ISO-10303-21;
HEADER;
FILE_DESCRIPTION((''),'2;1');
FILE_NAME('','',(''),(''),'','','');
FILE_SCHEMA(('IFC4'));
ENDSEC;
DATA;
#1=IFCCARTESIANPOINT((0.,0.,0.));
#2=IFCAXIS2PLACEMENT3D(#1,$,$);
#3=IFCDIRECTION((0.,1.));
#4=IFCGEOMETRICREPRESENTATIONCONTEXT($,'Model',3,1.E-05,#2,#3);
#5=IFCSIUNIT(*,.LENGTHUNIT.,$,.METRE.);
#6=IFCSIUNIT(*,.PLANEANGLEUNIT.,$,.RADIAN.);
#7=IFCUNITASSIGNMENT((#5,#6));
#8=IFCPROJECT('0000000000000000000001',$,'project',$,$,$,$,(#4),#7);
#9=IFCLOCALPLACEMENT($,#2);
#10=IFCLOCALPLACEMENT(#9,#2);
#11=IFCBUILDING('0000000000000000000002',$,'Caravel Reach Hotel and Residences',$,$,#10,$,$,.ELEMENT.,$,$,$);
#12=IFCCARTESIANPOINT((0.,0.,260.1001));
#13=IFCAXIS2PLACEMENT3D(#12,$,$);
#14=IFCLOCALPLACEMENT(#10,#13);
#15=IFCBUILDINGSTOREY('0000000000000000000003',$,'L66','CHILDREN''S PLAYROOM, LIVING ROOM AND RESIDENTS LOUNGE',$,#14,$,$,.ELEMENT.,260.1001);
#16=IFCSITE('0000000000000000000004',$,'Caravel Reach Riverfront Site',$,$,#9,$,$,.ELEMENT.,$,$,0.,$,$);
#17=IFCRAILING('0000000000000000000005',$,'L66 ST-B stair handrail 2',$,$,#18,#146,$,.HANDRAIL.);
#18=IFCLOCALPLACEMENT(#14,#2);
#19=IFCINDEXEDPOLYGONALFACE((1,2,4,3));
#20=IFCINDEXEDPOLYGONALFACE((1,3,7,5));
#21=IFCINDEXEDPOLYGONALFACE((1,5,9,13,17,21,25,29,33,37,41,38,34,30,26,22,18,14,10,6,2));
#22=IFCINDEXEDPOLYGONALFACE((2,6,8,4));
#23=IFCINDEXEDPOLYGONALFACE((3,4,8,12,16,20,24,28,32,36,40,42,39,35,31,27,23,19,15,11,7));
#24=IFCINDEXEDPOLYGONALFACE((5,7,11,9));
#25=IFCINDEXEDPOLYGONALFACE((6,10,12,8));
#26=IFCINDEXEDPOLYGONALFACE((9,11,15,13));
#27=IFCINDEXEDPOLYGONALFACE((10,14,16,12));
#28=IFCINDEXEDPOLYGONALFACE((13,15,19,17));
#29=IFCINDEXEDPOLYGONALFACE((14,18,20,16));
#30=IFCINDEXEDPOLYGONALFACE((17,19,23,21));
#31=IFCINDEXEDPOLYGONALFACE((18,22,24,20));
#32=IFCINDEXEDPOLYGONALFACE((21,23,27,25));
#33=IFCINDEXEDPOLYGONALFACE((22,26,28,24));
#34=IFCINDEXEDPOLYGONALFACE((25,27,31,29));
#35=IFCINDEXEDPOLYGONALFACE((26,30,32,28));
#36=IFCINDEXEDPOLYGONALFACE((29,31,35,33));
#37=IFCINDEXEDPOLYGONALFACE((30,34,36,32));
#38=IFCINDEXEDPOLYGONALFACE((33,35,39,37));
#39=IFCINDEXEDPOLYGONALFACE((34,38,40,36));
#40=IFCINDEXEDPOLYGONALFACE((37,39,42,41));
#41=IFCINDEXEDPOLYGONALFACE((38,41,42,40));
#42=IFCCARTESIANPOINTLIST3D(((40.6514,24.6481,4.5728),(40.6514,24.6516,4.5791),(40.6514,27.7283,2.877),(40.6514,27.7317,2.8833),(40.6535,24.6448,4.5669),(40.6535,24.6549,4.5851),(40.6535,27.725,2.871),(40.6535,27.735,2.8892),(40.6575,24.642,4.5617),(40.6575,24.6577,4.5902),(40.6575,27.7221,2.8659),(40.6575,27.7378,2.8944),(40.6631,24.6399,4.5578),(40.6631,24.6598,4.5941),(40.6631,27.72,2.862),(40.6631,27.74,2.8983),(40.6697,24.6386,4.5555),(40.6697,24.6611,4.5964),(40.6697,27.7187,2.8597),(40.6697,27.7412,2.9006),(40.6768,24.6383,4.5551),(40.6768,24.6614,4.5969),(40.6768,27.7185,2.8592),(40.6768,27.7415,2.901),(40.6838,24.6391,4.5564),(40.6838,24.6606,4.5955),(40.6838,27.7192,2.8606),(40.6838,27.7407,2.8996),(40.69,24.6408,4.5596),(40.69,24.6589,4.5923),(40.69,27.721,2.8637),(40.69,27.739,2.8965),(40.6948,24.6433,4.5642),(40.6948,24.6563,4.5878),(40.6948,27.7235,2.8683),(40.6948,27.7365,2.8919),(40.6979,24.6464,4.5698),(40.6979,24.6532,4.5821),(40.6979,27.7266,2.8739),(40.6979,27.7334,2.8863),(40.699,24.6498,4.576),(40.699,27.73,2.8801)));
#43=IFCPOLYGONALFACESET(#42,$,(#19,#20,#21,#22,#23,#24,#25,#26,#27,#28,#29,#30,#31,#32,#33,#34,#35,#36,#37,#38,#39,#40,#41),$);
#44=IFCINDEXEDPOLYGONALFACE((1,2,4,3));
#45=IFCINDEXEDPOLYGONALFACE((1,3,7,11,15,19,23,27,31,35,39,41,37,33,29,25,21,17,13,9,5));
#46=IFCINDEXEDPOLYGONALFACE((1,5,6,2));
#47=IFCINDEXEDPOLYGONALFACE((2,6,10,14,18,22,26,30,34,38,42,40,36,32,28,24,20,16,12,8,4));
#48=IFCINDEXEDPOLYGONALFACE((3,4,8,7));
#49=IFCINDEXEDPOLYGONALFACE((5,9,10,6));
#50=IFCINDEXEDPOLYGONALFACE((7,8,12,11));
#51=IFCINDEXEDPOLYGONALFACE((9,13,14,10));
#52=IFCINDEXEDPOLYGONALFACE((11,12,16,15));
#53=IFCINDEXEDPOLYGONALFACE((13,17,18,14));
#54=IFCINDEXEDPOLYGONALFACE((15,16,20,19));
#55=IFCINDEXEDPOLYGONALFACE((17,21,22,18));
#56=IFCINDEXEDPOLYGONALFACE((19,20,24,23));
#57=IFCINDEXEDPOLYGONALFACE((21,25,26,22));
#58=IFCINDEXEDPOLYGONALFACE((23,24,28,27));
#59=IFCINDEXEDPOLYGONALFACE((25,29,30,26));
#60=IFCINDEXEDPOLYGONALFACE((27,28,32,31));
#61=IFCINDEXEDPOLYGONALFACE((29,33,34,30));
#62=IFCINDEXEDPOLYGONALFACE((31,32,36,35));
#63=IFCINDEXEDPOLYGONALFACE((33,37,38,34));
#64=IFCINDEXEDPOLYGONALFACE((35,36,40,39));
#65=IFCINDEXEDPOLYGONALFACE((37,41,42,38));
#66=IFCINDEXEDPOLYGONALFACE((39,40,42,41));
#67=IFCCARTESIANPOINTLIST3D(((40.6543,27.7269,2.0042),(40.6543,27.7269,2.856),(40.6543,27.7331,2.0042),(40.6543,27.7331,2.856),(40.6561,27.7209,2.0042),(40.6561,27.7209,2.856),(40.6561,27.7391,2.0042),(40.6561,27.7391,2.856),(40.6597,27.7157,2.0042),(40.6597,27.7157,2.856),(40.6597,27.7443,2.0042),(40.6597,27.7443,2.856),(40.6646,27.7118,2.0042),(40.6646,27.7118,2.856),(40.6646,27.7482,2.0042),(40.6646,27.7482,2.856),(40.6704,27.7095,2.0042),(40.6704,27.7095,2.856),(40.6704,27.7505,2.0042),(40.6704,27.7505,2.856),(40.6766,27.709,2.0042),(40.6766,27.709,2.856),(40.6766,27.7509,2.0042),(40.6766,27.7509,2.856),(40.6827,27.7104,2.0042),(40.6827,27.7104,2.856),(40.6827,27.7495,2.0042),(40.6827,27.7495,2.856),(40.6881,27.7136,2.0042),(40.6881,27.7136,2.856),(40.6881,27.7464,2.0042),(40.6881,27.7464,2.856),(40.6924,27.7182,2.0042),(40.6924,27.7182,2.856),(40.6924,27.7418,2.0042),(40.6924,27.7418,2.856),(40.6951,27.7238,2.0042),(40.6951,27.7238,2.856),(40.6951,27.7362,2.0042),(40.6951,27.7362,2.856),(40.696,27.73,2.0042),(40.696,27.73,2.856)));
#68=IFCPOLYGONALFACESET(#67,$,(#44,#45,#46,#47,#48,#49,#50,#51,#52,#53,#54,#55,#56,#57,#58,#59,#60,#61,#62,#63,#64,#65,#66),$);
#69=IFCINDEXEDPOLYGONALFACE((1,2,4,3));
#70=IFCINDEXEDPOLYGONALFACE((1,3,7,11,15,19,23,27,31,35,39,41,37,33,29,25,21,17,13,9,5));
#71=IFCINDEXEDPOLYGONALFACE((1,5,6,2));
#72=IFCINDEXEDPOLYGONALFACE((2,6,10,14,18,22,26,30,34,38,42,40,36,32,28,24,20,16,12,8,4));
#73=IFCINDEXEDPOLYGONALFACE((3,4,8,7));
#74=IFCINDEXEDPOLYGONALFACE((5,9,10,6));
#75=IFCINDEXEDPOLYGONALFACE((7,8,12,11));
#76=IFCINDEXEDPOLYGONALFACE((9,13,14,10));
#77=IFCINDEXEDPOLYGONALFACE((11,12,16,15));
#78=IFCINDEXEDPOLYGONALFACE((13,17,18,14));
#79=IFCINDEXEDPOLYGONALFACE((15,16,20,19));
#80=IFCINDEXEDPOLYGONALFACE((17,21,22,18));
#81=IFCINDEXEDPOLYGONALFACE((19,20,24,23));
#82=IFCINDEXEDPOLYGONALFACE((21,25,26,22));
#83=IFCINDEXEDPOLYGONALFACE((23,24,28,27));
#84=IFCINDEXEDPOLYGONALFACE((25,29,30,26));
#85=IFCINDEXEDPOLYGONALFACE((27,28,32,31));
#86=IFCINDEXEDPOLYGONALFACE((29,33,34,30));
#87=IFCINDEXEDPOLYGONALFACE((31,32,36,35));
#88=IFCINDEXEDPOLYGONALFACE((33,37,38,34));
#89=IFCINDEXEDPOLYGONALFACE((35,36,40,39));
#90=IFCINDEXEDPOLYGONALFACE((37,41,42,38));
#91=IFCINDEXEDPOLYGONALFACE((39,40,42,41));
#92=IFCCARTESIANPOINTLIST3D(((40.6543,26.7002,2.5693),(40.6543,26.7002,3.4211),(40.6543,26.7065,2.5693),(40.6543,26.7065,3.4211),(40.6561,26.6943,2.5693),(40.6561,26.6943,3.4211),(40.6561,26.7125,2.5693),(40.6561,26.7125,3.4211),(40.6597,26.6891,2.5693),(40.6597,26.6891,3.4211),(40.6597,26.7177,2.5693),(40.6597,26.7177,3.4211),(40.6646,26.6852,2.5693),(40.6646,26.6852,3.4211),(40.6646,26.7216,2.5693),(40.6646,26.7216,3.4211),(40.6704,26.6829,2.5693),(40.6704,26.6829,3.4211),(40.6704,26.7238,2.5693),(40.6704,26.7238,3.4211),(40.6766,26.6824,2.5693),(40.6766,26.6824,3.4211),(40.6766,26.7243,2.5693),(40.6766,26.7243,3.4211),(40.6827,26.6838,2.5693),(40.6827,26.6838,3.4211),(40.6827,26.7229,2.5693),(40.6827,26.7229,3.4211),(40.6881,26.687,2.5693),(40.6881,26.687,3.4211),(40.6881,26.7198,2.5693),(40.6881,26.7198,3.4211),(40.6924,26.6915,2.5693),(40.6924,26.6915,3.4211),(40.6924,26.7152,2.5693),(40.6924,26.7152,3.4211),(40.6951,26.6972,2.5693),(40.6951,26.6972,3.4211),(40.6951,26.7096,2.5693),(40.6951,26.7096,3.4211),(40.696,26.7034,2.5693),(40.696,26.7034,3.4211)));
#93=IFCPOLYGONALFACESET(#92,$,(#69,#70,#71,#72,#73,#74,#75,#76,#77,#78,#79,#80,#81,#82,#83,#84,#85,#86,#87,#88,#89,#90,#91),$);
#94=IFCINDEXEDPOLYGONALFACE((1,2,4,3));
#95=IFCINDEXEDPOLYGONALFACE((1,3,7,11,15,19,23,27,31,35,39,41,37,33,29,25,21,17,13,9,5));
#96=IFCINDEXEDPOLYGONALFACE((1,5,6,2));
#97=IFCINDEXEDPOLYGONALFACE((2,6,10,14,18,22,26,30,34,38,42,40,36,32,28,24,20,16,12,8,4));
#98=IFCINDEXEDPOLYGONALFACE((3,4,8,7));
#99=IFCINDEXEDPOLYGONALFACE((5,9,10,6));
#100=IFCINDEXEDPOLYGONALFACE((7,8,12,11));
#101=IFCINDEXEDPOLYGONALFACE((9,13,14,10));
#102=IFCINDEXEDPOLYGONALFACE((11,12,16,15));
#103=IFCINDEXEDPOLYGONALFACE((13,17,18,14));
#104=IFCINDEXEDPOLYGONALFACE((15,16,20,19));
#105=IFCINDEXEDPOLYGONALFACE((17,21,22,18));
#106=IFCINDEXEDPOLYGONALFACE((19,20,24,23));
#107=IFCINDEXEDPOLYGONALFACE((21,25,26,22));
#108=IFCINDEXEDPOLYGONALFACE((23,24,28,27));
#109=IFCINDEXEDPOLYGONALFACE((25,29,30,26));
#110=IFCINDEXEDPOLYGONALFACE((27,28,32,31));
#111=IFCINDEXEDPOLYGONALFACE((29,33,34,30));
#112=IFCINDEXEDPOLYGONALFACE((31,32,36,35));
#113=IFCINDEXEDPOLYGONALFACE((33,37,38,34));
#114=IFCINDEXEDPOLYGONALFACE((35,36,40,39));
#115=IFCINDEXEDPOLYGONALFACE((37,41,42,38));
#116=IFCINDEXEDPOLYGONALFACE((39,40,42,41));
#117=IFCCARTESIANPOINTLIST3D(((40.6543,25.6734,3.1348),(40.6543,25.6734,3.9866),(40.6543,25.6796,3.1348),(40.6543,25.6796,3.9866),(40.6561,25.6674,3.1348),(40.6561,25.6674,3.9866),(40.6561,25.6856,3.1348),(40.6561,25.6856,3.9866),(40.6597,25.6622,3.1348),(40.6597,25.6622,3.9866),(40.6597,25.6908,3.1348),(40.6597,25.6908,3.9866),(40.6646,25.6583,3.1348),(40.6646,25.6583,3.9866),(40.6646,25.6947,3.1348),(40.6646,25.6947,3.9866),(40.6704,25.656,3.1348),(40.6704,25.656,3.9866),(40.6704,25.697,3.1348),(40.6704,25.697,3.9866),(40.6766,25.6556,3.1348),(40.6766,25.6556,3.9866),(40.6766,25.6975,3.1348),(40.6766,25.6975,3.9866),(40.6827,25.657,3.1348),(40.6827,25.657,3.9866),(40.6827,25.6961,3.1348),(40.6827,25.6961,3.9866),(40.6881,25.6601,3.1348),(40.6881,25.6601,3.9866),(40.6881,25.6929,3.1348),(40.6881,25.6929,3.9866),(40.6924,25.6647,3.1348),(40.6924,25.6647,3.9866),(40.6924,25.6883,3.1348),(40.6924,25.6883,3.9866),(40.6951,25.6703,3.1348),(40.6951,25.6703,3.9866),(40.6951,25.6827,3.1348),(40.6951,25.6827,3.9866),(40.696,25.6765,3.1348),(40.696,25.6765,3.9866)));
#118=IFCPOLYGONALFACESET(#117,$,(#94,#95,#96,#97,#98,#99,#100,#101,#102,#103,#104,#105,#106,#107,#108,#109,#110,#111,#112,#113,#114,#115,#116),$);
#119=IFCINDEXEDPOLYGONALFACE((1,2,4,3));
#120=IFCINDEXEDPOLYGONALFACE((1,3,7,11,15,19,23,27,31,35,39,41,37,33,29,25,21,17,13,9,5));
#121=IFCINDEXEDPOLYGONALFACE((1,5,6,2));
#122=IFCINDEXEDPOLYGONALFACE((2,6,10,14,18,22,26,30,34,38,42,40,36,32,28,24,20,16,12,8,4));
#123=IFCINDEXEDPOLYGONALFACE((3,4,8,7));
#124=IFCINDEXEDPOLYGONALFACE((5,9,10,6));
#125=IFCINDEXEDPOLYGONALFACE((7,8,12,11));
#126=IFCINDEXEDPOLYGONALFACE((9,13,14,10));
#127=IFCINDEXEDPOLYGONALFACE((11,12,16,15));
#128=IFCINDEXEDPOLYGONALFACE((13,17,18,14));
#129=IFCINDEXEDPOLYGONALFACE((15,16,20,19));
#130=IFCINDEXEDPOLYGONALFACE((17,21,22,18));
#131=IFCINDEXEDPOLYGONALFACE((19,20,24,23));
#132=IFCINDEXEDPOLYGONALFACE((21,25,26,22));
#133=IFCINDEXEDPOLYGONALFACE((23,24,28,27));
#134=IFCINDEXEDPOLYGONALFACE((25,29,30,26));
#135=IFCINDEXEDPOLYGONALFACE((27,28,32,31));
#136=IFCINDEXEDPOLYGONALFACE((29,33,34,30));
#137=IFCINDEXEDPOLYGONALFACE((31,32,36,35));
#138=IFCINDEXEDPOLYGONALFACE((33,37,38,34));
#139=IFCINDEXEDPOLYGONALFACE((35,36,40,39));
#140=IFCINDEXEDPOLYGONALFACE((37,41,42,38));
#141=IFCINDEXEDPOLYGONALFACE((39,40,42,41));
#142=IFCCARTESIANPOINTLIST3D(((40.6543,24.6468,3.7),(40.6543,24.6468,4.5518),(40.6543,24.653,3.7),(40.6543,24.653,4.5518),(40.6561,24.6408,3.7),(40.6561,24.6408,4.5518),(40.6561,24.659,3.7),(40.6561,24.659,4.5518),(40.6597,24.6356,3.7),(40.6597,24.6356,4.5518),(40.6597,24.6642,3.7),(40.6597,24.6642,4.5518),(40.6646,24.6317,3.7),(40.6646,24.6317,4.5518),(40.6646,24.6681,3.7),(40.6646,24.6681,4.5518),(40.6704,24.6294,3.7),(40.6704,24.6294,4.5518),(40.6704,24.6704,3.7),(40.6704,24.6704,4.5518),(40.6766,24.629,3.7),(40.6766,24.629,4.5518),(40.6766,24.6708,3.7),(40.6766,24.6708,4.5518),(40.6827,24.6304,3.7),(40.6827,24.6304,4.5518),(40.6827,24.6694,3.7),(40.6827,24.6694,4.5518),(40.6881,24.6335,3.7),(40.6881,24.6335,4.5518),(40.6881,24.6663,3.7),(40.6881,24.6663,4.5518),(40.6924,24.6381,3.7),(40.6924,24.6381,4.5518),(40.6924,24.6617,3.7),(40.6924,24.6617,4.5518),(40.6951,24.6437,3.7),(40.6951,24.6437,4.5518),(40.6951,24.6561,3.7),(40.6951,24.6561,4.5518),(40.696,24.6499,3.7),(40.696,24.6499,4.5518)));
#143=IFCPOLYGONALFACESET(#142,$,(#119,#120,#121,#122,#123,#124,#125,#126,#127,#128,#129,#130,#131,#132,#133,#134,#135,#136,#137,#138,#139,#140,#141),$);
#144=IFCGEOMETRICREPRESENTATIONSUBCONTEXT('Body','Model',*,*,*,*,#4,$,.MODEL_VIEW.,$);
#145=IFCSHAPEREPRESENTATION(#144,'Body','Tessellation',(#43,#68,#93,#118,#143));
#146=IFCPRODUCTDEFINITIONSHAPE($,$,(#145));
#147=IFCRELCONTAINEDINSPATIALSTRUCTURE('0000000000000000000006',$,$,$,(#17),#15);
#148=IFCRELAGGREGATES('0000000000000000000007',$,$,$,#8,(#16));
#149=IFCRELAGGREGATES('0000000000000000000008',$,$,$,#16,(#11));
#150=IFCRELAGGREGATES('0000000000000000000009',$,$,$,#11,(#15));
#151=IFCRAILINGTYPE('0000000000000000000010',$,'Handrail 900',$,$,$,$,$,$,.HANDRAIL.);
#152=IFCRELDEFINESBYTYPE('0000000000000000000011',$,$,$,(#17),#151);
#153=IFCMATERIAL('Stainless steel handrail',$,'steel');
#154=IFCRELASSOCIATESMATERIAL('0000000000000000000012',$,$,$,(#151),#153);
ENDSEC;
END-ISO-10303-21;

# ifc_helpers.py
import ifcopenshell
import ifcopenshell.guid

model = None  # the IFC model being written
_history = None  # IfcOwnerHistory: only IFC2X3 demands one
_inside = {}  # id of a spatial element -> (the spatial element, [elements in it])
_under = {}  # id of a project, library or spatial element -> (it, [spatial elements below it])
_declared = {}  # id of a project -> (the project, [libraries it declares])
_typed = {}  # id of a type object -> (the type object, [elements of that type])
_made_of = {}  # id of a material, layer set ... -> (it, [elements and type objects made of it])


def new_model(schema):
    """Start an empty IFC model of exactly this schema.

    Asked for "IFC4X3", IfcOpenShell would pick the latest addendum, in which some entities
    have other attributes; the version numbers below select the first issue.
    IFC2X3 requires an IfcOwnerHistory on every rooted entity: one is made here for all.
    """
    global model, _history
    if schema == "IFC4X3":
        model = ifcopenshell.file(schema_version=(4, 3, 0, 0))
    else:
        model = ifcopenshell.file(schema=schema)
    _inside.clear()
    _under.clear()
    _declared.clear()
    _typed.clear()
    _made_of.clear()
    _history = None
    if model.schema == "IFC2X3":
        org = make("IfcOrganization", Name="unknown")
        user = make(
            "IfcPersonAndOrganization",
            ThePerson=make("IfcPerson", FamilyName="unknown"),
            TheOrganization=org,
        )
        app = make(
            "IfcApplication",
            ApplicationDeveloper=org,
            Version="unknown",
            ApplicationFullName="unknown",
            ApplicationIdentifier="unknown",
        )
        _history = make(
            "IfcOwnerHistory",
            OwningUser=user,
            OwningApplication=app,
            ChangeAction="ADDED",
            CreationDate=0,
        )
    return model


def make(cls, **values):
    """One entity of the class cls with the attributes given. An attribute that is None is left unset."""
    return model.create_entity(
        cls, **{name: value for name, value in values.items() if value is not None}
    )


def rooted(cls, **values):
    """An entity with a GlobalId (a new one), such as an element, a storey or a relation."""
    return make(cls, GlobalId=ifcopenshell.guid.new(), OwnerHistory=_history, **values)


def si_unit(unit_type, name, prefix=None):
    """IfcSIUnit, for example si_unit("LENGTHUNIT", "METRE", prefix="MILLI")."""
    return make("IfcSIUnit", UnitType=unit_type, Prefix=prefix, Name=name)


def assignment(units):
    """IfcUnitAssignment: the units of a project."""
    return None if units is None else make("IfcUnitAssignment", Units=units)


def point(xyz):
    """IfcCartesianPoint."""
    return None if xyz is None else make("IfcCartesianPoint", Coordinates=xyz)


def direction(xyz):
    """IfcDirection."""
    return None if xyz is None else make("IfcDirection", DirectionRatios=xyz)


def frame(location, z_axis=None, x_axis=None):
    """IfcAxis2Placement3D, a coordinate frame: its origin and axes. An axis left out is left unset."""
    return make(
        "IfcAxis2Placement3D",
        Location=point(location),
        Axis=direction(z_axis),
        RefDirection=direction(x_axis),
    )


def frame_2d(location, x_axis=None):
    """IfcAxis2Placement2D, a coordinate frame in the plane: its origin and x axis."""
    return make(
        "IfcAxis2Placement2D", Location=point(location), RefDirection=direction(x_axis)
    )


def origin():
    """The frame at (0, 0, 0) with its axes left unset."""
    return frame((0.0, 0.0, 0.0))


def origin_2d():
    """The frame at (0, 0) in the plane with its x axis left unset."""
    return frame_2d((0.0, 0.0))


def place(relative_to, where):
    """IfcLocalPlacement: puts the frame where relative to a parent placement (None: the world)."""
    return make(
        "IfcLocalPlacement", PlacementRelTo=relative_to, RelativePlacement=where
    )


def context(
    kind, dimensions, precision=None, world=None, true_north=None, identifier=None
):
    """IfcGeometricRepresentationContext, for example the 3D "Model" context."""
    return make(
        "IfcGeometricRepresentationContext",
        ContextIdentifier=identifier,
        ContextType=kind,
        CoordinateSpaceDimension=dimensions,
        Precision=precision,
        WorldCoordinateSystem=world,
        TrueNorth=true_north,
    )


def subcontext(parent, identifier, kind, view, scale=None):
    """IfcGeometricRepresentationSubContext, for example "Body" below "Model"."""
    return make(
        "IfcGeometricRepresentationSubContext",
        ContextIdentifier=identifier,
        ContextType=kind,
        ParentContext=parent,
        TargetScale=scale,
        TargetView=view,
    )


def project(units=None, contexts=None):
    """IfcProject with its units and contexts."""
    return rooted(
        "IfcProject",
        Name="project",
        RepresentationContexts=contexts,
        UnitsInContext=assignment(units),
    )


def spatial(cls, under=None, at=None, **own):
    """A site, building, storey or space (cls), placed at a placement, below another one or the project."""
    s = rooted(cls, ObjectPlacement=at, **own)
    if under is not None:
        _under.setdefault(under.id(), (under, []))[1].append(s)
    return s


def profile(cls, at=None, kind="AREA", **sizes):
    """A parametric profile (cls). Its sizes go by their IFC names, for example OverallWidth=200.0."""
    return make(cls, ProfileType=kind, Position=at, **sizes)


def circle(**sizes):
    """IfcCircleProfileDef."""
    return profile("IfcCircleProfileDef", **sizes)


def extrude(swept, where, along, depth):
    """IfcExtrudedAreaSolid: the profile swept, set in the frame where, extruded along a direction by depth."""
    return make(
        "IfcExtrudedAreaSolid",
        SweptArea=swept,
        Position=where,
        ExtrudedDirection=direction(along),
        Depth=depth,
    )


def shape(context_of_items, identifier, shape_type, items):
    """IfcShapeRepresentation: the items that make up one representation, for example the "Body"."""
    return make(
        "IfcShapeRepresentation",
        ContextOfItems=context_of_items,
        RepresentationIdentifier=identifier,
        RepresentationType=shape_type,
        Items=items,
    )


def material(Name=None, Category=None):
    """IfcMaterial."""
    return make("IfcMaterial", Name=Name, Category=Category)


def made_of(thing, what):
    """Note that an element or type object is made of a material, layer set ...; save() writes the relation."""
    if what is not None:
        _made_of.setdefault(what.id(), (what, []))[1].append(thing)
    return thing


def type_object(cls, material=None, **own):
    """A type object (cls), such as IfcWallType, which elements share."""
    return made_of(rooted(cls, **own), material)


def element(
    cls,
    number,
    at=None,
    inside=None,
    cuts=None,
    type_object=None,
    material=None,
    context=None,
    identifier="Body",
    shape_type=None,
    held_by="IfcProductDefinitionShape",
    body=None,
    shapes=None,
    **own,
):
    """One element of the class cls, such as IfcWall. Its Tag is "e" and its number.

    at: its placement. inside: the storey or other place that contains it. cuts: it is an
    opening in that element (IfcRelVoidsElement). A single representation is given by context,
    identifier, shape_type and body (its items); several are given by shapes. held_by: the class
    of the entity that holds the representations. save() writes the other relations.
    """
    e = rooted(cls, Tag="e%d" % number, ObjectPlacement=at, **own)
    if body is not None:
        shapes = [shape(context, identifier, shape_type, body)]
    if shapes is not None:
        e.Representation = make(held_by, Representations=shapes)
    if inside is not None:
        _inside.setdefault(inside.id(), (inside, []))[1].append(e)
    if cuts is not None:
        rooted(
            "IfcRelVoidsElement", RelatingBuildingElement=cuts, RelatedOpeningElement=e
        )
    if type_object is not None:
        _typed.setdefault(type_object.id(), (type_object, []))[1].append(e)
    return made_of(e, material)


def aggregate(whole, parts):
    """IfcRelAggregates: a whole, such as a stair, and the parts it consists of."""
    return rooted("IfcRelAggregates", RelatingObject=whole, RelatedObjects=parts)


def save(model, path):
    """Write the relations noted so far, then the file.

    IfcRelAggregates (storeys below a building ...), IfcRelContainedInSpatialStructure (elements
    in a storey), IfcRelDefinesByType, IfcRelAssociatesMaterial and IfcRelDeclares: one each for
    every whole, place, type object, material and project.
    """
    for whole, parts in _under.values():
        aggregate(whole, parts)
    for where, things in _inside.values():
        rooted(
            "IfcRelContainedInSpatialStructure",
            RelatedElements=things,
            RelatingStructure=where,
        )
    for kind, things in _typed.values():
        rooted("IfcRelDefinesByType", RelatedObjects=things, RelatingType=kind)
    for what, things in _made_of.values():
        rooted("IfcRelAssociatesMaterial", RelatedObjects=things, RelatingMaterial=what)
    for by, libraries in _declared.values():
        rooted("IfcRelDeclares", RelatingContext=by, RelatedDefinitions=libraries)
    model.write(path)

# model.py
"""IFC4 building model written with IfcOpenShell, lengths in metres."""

from ifc_helpers import new_model, si_unit, direction, frame, origin, origin_2d, place, context, subcontext, project, spatial, circle, extrude, material, type_object, element, save


model = new_model("IFC4")

# Units and contexts
model_context = context("Model", 3, precision=1e-05, world=origin(), true_north=direction((0.0, 1.0)))
body_context = subcontext(model_context, "Body", "Model", "MODEL_VIEW")
ifc_project = project(units=[si_unit("LENGTHUNIT", "METRE"), si_unit("PLANEANGLEUNIT", "RADIAN")], contexts=[model_context])

# Site, building, storey
site_placement = place(None, origin())
site = spatial("IfcSite", under=ifc_project, at=site_placement, Name="Caravel Reach Riverfront Site", CompositionType="ELEMENT", RefElevation=0.0)
building_placement = place(site_placement, origin())
building = spatial("IfcBuilding", under=site, at=building_placement, Name="Caravel Reach Hotel and Residences", CompositionType="ELEMENT")
storey_placement = place(building_placement, frame((0.0, 0.0, 260.1001)))
storey = spatial("IfcBuildingStorey", under=building, at=storey_placement, Name="L66", Description="CHILDREN'S PLAYROOM, LIVING ROOM AND RESIDENTS LOUNGE", CompositionType="ELEMENT", Elevation=260.1001)

# Railing
ifc_material_1 = material(Name="Stainless steel handrail", Category="steel")
railing_type = type_object("IfcRailingType", Name="Handrail 900", PredefinedType="HANDRAIL", material=ifc_material_1)
railing_placement = place(storey_placement, frame((40.675, 27.73, 2.0042)))
element("IfcRailing", 1, at=railing_placement, inside=storey, type_object=railing_type, Name="L66 ST-B stair handrail 2", PredefinedType="HANDRAIL", context=body_context, shape_type="SweptSolid", body=[
    extrude(circle(Radius=0.0239, at=origin_2d()), frame((0.0, 0.0, 0.876), z_axis=(0.0, -0.876005, 0.482303), x_axis=(1.0, 0.0, 0.0)), (0.0, 0.0, 1.0), 3.5161),
    extrude(circle(Radius=0.021, at=origin_2d()), origin(), (0.0, 0.0, 1.0), 0.8518),
    extrude(circle(Radius=0.021, at=origin_2d()), frame((0.0, -1.0266, 0.5652)), (0.0, 0.0, 1.0), 0.8518),
    extrude(circle(Radius=0.021, at=origin_2d()), frame((0.0, -2.0535, 1.1306)), (0.0, 0.0, 1.0), 0.8518),
    extrude(circle(Radius=0.021, at=origin_2d()), frame((0.0, -3.0801, 1.6958)), (0.0, 0.0, 1.0), 0.8518),
])

save(model, "model.ifc")
